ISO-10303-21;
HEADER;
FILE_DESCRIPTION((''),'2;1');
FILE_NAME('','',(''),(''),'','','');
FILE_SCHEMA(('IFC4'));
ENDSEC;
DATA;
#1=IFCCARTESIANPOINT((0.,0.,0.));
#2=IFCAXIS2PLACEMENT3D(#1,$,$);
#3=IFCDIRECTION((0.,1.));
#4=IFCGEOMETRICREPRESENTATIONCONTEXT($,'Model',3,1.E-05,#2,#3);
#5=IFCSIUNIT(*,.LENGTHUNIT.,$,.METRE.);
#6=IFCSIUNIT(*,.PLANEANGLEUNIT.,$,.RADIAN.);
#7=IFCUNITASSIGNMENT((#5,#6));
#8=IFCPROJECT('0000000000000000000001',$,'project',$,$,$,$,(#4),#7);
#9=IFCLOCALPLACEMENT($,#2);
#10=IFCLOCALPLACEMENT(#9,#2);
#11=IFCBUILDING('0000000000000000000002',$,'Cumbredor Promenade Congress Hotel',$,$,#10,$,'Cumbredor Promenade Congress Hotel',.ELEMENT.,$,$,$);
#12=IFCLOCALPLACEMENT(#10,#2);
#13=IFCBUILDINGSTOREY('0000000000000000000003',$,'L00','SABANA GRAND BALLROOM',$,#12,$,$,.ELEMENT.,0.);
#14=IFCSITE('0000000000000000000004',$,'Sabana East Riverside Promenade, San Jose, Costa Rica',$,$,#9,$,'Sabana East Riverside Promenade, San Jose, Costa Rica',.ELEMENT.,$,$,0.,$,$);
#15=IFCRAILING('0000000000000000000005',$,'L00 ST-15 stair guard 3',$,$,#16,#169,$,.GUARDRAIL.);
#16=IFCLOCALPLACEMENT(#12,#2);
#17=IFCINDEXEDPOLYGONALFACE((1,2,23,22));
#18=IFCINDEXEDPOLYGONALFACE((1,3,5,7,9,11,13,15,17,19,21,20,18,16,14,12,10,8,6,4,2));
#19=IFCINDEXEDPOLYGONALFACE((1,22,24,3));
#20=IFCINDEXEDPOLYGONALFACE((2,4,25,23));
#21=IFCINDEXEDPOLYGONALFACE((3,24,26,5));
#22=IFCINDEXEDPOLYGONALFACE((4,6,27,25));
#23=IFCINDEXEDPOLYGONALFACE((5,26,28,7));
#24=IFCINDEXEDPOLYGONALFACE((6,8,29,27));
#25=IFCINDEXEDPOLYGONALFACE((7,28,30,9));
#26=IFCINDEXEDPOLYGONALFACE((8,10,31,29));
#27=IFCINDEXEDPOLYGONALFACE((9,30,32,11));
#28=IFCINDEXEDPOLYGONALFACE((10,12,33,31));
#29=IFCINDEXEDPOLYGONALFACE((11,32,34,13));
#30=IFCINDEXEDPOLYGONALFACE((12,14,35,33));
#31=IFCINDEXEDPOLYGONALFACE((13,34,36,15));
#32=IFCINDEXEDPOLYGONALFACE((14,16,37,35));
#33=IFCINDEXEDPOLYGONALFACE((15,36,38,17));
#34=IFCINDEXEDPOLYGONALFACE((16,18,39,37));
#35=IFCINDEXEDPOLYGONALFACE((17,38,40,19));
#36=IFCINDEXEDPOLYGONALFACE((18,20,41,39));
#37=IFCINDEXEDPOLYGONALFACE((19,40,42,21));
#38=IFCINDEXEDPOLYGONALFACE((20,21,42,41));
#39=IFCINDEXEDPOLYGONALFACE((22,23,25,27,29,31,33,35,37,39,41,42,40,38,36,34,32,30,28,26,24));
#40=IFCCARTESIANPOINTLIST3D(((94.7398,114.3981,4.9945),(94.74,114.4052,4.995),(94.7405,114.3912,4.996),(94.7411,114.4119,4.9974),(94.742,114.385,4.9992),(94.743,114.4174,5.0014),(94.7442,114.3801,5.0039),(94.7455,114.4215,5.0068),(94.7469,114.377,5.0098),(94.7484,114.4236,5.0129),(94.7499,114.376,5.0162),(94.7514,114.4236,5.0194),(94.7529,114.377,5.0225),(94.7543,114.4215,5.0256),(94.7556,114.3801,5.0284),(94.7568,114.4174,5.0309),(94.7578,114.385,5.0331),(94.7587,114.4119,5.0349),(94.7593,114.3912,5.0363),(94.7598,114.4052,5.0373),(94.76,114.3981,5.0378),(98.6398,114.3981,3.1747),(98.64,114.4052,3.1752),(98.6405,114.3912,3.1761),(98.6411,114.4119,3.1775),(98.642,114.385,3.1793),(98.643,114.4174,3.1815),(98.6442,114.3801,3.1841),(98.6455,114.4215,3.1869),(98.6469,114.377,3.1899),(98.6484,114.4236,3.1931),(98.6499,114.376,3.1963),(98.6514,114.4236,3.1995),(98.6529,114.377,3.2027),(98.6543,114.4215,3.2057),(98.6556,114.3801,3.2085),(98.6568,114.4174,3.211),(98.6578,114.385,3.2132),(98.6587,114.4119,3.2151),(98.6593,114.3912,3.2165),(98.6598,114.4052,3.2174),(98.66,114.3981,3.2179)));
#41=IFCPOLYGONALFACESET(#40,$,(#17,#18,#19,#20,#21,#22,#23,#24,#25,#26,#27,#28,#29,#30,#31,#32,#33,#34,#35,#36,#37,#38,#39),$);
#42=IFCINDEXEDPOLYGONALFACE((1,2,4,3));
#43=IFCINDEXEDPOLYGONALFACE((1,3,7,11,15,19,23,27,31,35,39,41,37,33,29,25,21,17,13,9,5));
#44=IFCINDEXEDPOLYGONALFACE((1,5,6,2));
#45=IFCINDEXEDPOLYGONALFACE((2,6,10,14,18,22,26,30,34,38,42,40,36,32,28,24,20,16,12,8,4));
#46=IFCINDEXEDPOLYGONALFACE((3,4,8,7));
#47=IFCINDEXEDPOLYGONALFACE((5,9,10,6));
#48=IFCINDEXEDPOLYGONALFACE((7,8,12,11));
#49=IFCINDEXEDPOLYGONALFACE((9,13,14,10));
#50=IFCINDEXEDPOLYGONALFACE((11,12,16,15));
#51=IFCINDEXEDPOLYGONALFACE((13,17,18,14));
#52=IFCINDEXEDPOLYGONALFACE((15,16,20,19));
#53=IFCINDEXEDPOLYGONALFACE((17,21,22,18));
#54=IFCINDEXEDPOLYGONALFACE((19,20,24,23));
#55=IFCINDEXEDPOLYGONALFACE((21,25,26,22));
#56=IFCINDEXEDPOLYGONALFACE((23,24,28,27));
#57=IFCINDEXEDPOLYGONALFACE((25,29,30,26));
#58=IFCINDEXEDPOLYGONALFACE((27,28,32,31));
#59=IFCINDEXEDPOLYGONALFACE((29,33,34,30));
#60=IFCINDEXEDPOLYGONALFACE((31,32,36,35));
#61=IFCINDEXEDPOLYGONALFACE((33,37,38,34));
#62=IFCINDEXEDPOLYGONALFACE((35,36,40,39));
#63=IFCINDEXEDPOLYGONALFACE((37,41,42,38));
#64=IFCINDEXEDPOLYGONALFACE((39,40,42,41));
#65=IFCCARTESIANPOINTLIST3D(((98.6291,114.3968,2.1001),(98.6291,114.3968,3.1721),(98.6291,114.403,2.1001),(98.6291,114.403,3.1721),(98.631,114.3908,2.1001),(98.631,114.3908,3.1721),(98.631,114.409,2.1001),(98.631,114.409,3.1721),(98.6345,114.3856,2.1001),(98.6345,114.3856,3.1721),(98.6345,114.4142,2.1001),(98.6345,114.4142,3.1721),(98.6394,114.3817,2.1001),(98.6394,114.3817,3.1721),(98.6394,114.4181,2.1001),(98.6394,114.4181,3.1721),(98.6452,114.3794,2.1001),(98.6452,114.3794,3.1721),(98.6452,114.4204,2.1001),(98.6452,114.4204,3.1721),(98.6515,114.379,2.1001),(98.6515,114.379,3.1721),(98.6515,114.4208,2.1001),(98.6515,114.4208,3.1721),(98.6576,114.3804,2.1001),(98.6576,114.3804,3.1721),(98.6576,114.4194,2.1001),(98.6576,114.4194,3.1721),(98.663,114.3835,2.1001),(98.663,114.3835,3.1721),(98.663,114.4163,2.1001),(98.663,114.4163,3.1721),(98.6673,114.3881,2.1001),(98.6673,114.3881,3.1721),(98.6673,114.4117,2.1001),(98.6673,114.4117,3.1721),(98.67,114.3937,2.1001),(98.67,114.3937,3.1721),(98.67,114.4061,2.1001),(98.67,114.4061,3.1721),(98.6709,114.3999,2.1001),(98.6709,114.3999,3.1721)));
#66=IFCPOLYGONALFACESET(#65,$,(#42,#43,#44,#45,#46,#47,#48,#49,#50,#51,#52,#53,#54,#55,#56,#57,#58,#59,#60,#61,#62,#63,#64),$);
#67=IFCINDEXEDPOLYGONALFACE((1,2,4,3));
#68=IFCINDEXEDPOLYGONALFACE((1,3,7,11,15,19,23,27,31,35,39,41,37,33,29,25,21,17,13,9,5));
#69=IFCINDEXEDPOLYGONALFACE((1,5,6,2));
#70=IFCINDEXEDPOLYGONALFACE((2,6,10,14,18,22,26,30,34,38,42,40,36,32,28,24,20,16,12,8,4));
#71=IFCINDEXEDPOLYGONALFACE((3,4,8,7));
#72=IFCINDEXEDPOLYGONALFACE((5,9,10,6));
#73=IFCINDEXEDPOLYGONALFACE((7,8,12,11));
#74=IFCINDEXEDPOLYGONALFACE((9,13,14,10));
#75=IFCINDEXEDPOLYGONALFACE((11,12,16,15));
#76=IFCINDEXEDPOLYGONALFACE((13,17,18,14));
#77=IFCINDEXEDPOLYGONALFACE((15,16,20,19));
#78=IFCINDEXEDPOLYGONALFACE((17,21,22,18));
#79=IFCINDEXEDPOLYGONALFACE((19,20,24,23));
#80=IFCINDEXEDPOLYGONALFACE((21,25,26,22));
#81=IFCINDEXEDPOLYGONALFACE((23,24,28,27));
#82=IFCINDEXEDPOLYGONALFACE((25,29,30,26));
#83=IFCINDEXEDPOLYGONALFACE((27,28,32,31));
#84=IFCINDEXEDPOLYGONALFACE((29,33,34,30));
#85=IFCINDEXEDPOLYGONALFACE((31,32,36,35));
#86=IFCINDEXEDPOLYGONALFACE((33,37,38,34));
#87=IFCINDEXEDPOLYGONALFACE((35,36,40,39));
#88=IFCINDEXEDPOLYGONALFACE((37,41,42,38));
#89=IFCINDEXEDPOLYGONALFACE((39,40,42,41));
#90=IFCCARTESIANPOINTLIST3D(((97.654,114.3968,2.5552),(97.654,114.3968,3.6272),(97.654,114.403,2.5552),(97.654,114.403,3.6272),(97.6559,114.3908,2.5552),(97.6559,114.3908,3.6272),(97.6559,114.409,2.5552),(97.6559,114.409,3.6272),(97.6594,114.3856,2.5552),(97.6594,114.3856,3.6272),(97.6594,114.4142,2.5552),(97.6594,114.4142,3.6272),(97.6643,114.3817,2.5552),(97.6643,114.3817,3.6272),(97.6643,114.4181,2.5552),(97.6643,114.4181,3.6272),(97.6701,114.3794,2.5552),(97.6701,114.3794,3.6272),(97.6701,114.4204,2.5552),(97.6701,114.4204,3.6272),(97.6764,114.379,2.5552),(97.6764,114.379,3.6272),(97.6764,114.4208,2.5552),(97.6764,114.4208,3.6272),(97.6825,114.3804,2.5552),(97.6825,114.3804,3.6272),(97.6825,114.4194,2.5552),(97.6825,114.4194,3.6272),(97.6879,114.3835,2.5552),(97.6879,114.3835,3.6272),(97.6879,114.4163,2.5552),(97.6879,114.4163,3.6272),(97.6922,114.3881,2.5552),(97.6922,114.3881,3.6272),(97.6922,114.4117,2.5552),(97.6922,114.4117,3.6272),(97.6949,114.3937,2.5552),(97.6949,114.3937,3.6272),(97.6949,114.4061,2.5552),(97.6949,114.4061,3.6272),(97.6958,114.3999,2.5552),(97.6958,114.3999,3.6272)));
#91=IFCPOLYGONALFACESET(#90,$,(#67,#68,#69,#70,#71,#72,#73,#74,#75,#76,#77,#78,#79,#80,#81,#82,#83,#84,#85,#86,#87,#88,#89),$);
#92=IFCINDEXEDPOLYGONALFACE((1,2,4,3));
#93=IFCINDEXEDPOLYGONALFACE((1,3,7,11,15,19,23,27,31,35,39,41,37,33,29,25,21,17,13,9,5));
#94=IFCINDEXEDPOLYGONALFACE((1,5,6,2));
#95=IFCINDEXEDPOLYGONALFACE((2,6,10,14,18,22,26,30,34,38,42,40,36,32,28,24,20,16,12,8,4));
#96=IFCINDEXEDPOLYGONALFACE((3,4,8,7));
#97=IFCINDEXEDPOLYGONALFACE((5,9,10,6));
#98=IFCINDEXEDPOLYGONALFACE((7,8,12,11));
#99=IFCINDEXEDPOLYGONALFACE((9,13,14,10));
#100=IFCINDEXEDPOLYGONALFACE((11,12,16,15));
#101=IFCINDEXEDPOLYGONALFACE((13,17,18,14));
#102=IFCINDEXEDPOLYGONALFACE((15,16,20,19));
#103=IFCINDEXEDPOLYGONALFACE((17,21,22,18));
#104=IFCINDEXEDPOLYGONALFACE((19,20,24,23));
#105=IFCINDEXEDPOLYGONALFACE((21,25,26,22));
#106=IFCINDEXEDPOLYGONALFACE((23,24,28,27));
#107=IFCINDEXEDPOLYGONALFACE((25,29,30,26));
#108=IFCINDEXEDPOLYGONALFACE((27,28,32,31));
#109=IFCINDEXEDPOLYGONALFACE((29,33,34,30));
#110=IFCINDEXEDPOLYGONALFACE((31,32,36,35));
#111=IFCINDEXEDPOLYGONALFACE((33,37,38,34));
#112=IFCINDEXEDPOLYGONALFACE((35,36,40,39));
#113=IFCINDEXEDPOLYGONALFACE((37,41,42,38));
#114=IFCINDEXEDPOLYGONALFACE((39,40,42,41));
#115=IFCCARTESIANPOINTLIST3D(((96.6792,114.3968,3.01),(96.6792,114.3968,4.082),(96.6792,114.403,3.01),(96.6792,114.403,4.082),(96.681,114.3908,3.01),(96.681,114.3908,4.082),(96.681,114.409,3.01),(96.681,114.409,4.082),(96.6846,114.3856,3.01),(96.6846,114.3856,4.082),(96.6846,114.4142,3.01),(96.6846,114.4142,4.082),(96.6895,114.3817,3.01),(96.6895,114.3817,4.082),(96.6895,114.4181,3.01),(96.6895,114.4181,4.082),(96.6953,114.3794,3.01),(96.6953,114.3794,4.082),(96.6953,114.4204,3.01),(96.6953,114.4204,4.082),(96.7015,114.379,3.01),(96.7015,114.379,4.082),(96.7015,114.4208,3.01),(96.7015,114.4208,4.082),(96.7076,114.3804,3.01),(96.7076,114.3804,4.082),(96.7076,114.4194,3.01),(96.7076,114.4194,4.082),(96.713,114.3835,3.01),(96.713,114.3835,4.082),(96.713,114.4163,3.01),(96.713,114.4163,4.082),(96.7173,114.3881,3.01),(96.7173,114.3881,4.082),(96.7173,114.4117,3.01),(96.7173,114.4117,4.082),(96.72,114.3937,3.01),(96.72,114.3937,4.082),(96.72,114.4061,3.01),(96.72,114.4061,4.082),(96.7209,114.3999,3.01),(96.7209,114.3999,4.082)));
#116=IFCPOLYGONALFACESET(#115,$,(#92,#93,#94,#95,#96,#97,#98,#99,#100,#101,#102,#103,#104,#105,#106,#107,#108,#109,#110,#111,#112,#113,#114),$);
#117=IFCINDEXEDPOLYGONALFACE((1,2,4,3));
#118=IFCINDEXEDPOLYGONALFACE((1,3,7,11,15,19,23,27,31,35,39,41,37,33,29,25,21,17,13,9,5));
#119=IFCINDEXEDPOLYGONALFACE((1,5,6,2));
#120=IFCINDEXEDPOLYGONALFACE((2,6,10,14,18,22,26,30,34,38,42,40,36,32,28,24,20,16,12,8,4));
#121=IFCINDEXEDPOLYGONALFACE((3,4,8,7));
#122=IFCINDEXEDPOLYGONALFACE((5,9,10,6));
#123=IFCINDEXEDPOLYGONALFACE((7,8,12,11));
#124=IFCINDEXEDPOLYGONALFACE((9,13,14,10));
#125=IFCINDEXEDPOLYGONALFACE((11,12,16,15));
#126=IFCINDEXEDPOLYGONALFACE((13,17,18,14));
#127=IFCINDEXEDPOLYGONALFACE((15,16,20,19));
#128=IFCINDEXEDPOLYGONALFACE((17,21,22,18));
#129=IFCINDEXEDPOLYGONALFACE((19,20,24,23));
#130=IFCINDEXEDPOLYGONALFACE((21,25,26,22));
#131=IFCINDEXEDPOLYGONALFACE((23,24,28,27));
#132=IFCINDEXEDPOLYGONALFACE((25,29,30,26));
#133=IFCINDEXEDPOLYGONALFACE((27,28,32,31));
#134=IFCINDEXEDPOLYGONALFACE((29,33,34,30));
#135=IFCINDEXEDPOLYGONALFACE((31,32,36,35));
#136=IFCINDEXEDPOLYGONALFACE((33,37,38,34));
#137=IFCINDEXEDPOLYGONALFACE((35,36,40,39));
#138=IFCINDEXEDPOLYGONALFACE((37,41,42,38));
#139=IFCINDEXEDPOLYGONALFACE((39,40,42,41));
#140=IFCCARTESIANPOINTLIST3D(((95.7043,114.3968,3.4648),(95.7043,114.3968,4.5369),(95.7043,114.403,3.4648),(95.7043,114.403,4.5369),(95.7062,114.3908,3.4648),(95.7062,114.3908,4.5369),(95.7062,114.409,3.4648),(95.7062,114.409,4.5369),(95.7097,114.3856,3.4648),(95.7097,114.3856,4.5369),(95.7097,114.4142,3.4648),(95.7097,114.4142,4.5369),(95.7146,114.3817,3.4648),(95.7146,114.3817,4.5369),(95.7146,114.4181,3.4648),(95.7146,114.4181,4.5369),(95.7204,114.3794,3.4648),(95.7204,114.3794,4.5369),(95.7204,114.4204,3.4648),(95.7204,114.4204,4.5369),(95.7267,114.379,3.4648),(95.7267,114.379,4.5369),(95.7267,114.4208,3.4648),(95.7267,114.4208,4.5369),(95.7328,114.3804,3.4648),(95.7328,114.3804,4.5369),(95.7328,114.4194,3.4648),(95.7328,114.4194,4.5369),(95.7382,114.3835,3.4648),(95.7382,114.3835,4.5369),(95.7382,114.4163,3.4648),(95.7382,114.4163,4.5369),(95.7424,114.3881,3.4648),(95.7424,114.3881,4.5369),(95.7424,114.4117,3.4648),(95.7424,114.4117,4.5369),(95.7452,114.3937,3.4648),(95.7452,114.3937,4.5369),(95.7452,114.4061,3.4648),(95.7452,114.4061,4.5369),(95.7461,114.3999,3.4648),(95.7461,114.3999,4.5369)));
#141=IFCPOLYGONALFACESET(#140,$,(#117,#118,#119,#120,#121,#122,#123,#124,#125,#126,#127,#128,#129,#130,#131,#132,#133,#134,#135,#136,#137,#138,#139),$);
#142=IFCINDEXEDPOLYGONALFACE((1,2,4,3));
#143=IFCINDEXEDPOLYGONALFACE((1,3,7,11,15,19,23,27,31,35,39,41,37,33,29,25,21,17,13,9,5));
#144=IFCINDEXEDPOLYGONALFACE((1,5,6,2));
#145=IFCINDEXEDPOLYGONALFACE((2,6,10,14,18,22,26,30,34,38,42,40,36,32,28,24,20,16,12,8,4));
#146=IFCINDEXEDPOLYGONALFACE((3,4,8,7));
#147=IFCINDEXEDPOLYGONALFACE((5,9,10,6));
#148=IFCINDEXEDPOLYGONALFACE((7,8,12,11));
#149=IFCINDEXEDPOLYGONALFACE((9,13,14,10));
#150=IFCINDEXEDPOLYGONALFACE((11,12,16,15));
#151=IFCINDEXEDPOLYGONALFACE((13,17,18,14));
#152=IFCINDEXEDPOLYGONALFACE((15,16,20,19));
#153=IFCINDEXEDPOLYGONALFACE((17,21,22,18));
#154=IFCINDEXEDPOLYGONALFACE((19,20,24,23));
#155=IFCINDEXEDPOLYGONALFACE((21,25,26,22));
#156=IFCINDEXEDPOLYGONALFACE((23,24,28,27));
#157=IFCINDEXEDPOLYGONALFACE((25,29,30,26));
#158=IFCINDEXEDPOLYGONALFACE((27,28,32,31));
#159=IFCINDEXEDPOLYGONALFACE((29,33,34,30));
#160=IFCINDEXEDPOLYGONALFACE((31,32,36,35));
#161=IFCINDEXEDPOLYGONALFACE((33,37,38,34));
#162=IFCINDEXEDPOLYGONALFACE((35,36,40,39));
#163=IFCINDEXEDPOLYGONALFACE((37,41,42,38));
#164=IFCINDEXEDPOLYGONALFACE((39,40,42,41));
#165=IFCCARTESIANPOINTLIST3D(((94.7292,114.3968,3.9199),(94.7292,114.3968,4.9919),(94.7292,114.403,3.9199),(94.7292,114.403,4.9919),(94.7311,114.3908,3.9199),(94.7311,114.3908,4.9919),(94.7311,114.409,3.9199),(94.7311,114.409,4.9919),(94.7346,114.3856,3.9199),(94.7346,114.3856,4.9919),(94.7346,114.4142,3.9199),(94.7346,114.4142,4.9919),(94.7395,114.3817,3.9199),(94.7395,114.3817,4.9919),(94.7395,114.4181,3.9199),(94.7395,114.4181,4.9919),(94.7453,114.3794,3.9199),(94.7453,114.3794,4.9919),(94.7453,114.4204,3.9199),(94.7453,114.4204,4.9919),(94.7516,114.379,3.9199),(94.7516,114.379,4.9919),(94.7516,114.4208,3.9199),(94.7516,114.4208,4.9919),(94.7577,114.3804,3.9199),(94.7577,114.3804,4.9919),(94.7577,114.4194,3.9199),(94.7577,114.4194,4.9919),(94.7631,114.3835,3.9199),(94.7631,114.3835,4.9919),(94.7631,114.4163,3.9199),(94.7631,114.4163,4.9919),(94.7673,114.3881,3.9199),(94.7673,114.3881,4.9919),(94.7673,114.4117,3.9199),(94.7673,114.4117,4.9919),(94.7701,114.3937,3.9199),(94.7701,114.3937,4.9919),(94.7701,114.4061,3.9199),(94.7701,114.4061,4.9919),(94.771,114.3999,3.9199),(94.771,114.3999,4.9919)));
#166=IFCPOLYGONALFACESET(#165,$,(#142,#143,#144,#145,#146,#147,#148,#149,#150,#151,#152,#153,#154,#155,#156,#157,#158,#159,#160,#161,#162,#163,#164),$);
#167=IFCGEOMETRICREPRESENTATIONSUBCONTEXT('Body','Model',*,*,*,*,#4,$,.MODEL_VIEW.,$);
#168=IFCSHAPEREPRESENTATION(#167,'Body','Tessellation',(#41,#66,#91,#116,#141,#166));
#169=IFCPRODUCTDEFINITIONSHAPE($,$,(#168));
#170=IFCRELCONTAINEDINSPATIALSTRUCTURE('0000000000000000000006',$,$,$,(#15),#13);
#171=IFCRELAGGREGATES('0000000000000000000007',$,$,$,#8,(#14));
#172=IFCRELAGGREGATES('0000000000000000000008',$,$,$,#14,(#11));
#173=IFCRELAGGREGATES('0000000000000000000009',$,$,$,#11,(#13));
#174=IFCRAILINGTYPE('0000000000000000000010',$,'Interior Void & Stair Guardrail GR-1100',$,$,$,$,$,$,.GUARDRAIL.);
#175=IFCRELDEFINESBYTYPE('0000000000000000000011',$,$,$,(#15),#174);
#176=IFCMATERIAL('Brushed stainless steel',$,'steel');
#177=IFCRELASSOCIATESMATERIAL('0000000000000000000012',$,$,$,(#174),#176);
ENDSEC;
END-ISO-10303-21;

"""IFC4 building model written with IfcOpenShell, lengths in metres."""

from ifc_helpers import new_model, si_unit, direction, frame, origin, origin_2d, place, context, subcontext, project, spatial, circle, extrude, material, type_object, element, save


model = new_model("IFC4")

# Units and contexts
model_context = context("Model", 3, precision=1e-05, world=origin(), true_north=direction((0.0, 1.0)))
body_context = subcontext(model_context, "Body", "Model", "MODEL_VIEW")
ifc_project = project(units=[si_unit("LENGTHUNIT", "METRE"), si_unit("PLANEANGLEUNIT", "RADIAN")], contexts=[model_context])

# Site, building, storey
site_placement = place(None, origin())
site = spatial("IfcSite", under=ifc_project, at=site_placement, Name="Sabana East Riverside Promenade, San Jose, Costa Rica", LongName="Sabana East Riverside Promenade, San Jose, Costa Rica", CompositionType="ELEMENT", RefElevation=0.0)
building_placement = place(site_placement, origin())
building = spatial("IfcBuilding", under=site, at=building_placement, Name="Cumbredor Promenade Congress Hotel", LongName="Cumbredor Promenade Congress Hotel", CompositionType="ELEMENT")
storey_placement = place(building_placement, origin())
storey = spatial("IfcBuildingStorey", under=building, at=storey_placement, Name="L00", Description="SABANA GRAND BALLROOM", CompositionType="ELEMENT", Elevation=0.0)

# Railing
ifc_material_1 = material(Name="Brushed stainless steel", Category="steel")
railing_type_1 = type_object("IfcRailingType", Name="Interior Void & Stair Guardrail GR-1100", PredefinedType="GUARDRAIL", material=ifc_material_1)
railing_1_placement = place(storey_placement, frame((98.6499, 114.3999, 2.1001)))
element("IfcRailing", 1, at=railing_1_placement, inside=storey, type_object=railing_type_1, Name="L00 ST-15 stair guard 3", PredefinedType="GUARDRAIL", context=body_context, shape_type="SweptSolid", body=[
    extrude(circle(Radius=0.0239, at=origin_2d()), frame((0.0, 0.0, 1.0962), z_axis=(-0.906195, 0.0, 0.422861), x_axis=(0.0, -1.0, 0.0)), (0.0, 0.0, 1.0), 4.3037),
    extrude(circle(Radius=0.021, at=origin_2d()), origin(), (0.0, 0.0, 1.0), 1.072),
    extrude(circle(Radius=0.021, at=origin_2d()), frame((-0.9751, 0.0, 0.4551)), (0.0, 0.0, 1.0), 1.072),
    extrude(circle(Radius=0.021, at=origin_2d()), frame((-1.95, 0.0, 0.9099)), (0.0, 0.0, 1.0), 1.072),
    extrude(circle(Radius=0.021, at=origin_2d()), frame((-2.9248, 0.0, 1.3647)), (0.0, 0.0, 1.0), 1.072),
    extrude(circle(Radius=0.021, at=origin_2d()), frame((-3.8999, 0.0, 1.8198)), (0.0, 0.0, 1.0), 1.072),
])

save(model, "model.ifc")
